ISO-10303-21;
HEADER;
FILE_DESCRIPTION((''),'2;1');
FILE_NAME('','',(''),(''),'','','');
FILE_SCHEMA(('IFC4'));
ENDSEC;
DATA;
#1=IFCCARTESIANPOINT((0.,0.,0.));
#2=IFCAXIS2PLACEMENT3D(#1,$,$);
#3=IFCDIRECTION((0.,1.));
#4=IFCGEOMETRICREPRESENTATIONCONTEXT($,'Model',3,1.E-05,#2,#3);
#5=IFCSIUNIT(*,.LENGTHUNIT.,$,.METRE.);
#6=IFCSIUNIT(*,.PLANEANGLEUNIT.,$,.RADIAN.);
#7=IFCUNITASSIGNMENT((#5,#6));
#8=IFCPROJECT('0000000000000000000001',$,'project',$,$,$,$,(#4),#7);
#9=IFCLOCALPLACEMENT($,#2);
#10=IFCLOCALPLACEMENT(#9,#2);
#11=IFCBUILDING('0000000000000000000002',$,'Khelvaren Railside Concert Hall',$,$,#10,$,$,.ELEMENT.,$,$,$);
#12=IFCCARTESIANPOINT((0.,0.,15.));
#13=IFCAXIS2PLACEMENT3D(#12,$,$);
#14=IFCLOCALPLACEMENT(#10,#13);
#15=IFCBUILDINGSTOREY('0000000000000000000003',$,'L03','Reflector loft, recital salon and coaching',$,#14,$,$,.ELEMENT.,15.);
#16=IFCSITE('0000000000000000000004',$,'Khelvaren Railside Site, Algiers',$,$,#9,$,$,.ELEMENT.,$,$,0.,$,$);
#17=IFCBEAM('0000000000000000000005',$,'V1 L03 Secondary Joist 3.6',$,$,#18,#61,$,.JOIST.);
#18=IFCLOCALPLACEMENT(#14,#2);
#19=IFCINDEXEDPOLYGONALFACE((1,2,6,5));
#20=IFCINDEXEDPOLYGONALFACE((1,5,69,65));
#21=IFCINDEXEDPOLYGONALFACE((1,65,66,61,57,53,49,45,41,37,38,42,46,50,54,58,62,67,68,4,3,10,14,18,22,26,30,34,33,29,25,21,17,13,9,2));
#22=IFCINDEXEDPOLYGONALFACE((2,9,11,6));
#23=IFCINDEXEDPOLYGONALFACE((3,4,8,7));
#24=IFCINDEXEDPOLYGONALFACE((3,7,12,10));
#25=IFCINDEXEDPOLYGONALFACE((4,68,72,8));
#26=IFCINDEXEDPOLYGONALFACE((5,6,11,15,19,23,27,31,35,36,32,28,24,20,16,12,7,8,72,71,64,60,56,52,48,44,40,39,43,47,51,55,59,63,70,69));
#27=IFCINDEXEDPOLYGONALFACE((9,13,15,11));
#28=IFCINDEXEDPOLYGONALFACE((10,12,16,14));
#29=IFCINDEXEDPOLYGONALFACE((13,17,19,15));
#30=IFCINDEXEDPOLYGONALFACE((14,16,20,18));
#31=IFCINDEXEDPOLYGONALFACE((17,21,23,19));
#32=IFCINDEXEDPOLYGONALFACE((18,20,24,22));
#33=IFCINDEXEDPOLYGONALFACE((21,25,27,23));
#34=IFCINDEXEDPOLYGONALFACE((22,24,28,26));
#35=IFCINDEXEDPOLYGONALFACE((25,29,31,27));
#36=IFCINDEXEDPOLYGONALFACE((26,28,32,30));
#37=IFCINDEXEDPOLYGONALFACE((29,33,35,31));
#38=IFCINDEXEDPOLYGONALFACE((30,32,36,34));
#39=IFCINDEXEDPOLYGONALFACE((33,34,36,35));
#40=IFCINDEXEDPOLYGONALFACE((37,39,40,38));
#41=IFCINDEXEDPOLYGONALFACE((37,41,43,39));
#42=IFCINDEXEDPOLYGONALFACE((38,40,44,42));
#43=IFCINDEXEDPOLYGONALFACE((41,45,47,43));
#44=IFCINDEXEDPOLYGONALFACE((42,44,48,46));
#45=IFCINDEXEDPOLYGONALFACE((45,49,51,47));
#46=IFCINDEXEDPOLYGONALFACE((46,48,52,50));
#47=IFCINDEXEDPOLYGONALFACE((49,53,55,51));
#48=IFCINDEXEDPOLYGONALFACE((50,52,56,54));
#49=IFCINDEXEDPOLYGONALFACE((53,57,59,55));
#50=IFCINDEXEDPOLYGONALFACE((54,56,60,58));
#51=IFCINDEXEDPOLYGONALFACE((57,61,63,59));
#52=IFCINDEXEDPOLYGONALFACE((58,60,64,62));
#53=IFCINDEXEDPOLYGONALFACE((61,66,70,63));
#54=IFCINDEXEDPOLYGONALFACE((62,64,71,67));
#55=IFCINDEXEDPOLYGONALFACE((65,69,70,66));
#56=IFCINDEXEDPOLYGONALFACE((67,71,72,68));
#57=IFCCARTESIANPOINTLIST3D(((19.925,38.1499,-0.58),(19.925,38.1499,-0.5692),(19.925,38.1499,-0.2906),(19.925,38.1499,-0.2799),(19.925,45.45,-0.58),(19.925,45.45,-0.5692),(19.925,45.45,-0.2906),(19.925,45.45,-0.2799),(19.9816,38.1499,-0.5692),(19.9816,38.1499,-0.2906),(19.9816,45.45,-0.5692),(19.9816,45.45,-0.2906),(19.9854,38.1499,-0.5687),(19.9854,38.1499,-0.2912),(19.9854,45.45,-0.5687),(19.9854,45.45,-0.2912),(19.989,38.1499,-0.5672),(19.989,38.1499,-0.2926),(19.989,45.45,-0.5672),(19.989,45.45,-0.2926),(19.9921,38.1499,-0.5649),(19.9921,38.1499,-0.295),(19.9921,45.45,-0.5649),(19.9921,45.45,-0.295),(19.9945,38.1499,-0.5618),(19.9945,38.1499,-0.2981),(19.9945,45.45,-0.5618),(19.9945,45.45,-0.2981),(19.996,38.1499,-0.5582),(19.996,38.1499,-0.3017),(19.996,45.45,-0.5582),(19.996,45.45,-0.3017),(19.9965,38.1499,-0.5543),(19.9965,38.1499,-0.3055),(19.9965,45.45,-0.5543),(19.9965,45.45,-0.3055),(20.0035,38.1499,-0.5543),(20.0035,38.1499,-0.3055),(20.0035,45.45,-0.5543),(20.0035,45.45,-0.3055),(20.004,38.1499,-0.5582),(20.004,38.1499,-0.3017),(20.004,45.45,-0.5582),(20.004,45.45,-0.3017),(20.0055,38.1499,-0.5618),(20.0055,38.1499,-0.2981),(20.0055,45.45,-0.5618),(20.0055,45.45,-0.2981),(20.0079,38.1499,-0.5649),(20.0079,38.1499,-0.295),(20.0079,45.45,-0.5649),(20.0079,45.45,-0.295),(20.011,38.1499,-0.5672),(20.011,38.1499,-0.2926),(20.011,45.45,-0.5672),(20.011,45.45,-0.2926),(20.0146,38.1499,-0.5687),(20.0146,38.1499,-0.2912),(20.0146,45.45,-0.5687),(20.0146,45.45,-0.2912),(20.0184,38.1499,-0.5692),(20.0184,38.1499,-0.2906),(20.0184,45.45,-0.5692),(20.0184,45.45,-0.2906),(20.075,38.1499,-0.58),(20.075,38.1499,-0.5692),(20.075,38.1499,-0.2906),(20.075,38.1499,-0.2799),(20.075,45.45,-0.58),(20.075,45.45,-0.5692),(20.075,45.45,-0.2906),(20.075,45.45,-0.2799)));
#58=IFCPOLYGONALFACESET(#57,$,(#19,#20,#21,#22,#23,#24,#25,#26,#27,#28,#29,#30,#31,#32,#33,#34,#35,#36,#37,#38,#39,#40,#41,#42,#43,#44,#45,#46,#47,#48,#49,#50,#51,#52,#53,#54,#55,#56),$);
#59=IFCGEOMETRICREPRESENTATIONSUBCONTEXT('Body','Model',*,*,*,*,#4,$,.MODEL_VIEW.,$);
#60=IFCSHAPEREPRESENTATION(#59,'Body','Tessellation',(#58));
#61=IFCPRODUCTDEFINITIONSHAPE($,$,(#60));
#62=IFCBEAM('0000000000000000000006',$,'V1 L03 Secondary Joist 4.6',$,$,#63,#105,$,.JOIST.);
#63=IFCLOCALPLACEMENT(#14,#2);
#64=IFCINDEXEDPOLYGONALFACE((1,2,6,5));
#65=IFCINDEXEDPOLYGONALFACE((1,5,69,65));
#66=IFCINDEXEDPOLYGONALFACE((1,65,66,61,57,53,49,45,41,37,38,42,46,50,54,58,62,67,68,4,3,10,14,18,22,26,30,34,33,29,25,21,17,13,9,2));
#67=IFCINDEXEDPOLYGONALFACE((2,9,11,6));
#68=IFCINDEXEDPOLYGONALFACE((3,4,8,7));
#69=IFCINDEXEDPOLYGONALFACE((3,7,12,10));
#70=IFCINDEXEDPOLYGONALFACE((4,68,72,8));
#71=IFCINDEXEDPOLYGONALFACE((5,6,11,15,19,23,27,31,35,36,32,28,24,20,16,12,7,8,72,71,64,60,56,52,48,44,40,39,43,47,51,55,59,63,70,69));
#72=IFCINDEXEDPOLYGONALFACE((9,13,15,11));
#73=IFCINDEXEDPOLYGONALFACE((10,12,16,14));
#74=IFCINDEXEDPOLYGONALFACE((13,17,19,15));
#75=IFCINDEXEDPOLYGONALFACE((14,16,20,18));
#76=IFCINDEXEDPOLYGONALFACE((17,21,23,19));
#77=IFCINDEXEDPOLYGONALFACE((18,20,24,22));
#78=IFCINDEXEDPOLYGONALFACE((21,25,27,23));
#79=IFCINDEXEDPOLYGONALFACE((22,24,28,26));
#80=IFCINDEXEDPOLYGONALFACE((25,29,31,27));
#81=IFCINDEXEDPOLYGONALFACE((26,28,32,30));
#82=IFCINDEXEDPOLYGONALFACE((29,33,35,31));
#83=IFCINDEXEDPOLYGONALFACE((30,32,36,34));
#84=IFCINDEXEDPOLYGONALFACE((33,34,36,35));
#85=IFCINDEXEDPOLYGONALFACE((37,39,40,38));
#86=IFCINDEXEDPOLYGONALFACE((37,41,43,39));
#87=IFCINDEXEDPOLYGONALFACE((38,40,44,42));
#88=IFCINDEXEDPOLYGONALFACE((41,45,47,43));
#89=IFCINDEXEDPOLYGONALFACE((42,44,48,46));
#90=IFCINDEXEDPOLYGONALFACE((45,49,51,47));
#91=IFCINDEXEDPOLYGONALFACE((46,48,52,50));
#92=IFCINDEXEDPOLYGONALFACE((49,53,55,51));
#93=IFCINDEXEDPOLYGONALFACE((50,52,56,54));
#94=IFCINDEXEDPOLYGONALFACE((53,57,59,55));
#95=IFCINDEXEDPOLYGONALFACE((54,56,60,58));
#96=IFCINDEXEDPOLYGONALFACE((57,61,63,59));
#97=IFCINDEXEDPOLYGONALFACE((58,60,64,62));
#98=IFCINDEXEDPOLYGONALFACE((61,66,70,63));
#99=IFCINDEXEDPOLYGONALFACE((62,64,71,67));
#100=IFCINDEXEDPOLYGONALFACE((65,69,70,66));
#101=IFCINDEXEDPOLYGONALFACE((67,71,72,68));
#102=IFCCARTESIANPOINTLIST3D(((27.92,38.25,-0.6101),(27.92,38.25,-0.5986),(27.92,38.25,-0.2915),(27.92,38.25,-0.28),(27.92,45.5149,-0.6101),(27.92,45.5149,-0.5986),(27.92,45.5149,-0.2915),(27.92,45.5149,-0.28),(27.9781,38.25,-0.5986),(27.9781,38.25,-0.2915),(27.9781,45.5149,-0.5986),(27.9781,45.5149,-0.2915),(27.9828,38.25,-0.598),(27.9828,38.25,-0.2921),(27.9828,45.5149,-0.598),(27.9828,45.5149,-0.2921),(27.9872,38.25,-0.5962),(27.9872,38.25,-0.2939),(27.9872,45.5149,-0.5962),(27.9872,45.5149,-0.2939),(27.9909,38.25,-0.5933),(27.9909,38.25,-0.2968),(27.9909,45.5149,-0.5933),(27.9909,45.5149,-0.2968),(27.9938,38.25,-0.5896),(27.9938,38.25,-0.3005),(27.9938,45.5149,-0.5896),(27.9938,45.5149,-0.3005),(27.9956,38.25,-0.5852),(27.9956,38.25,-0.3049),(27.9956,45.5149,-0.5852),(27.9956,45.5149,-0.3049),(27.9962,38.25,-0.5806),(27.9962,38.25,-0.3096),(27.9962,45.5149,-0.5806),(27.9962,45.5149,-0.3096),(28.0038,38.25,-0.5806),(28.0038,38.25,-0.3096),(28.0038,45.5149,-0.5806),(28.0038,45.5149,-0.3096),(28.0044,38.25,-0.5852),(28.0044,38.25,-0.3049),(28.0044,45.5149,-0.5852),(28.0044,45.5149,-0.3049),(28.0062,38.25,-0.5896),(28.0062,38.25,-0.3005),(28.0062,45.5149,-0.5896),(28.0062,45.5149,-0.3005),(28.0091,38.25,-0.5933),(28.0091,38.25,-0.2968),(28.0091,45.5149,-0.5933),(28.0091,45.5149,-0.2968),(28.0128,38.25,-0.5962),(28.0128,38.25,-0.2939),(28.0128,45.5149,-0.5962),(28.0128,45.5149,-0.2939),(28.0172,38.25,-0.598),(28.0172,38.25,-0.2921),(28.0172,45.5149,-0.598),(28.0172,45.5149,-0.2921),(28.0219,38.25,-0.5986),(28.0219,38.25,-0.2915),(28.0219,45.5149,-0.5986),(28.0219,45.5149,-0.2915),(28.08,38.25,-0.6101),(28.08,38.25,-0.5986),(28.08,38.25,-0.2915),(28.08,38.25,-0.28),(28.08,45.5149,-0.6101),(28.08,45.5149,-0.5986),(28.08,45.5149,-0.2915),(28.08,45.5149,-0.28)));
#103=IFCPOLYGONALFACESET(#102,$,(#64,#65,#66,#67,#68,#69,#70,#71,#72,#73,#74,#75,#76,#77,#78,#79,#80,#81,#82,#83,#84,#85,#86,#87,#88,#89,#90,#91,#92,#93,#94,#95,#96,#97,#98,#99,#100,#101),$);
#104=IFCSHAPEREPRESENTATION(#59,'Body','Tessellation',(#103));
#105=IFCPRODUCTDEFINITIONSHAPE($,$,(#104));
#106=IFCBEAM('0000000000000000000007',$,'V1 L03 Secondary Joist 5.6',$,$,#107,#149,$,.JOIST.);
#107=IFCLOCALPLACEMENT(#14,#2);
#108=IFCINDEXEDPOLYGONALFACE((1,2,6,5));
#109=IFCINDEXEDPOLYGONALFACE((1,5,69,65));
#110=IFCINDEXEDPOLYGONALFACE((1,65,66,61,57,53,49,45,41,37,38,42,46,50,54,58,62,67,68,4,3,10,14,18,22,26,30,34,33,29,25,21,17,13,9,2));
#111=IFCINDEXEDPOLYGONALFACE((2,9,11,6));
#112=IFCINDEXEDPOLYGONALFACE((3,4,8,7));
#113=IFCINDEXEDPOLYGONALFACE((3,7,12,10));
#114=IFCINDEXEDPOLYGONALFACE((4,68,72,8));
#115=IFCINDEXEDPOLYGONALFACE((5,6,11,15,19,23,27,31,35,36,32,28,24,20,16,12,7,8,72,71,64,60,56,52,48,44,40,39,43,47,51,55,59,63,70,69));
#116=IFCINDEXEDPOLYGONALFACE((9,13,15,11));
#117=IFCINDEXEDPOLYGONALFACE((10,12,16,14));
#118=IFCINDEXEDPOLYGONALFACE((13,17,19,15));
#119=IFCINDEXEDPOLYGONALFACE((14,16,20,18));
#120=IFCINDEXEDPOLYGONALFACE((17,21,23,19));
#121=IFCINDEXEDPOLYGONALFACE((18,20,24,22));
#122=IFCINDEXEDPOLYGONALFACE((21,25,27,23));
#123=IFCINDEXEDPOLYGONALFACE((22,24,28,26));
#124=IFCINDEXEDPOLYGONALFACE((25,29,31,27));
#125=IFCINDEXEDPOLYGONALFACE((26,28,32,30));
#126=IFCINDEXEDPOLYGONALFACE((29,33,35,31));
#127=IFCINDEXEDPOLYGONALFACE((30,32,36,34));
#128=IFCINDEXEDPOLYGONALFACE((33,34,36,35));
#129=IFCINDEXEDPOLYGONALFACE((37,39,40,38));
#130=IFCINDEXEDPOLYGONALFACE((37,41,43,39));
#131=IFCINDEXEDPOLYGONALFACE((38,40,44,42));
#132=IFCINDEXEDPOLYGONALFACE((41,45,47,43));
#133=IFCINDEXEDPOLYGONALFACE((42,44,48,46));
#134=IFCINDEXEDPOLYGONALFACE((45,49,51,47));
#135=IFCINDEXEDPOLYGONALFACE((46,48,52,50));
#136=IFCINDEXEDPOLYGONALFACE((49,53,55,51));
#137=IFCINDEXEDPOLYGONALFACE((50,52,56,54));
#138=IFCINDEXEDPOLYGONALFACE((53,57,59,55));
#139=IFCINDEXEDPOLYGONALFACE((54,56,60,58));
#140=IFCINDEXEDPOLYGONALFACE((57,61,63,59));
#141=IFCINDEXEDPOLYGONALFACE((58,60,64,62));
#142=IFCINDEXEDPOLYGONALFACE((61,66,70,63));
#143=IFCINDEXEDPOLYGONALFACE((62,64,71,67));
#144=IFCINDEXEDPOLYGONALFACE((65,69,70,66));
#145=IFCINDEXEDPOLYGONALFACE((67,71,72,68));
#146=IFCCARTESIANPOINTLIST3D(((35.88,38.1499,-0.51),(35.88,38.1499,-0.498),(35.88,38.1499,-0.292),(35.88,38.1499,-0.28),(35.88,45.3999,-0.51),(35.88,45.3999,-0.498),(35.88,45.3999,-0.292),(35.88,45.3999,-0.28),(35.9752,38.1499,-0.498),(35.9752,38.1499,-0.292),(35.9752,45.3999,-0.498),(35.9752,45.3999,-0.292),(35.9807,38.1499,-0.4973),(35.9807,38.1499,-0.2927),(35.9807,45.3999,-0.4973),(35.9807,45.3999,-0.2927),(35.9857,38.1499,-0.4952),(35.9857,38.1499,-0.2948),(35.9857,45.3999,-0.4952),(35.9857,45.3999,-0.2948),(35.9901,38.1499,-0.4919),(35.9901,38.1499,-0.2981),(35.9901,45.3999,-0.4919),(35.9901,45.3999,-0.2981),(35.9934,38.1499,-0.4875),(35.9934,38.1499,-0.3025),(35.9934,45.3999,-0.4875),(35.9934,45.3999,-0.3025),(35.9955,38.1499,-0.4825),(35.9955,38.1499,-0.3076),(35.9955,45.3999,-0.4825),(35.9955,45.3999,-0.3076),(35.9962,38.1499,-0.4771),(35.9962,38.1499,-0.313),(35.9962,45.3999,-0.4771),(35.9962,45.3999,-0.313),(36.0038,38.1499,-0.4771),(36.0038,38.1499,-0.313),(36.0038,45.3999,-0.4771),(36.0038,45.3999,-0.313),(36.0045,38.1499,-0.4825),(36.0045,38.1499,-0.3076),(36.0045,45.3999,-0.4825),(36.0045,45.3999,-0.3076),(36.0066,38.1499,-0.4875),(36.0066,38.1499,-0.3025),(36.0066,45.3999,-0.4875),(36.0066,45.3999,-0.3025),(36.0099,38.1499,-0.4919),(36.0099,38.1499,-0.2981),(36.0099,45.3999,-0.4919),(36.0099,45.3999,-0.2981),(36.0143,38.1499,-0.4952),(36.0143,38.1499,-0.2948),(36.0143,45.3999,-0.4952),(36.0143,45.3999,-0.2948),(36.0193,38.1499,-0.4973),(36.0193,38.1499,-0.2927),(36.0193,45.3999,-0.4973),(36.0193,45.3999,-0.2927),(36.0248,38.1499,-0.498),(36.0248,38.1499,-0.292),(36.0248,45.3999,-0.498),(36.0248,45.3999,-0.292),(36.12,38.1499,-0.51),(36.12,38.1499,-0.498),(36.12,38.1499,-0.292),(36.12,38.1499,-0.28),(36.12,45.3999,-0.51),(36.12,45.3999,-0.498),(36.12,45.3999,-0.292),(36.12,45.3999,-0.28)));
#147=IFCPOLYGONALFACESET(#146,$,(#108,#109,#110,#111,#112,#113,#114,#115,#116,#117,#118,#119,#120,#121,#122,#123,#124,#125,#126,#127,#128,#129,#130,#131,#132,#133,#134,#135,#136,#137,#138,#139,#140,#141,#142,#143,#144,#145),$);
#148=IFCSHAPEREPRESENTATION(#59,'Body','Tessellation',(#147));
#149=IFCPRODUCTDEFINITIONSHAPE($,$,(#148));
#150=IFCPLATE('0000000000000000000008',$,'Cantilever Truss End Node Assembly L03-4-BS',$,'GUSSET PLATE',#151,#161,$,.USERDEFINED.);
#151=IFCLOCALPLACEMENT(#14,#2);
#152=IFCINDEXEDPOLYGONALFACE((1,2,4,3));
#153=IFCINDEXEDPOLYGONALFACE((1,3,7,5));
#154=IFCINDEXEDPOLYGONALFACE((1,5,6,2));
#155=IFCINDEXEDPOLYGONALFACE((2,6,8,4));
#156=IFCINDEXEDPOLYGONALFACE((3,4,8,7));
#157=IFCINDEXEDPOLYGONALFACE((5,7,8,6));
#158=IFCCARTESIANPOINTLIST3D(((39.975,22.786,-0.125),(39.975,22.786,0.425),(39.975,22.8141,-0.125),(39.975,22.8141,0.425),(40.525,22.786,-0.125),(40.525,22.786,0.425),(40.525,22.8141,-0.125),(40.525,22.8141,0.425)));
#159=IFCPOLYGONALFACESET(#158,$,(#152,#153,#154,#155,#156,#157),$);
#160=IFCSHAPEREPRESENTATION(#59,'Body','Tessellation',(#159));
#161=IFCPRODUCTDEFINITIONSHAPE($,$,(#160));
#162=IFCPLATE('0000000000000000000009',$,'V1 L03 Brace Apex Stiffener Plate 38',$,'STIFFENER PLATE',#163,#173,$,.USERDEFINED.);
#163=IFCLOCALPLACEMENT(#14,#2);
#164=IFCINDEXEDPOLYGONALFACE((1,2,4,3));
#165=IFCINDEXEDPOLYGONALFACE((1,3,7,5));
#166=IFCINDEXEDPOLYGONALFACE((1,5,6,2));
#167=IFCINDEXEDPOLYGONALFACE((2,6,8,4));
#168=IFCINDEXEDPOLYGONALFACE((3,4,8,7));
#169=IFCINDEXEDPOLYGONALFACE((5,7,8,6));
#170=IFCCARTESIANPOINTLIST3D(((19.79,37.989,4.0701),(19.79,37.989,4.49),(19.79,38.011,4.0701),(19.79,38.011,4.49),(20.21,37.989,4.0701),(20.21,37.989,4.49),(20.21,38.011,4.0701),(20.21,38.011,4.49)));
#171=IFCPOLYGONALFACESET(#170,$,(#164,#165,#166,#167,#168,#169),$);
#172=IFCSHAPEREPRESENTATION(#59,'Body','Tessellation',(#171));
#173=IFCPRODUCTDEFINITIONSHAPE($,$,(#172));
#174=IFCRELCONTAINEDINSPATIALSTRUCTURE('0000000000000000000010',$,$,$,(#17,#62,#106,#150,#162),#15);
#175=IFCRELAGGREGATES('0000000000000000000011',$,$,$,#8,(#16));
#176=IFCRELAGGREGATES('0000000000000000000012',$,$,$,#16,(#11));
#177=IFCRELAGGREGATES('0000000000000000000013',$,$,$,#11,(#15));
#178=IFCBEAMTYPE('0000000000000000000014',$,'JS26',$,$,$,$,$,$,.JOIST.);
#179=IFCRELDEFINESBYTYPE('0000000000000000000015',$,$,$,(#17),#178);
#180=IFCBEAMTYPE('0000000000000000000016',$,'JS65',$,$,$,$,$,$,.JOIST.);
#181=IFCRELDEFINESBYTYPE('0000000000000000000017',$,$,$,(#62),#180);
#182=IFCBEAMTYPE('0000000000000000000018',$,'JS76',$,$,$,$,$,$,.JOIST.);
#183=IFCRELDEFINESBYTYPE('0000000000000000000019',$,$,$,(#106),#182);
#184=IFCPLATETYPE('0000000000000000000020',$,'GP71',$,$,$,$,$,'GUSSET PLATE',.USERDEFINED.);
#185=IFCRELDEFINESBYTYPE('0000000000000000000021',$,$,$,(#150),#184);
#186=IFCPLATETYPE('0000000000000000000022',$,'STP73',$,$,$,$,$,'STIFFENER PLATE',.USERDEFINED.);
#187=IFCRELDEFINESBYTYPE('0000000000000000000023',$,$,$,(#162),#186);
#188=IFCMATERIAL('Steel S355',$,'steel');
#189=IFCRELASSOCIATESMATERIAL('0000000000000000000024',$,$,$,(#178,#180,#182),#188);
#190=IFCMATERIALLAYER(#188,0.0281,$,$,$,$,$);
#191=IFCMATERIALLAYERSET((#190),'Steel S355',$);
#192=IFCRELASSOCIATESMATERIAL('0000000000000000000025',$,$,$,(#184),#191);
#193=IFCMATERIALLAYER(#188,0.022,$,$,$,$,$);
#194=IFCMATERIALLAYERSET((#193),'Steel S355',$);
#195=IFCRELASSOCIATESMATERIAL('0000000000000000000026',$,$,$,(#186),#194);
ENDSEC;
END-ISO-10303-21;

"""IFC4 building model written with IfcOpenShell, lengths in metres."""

from ifc_helpers import new_model, si_unit, direction, frame, origin, origin_2d, place, context, subcontext, project, spatial, rectangle, i_section, extrude, material, layer, layer_set, material_profile, profile_set, type_object, element, save


model = new_model("IFC4")

# Units and contexts
model_context = context("Model", 3, precision=1e-05, world=origin(), true_north=direction((0.0, 1.0)))
body_context = subcontext(model_context, "Body", "Model", "MODEL_VIEW")
ifc_project = project(units=[si_unit("LENGTHUNIT", "METRE"), si_unit("PLANEANGLEUNIT", "RADIAN")], contexts=[model_context])

# Site, building, storey
site_placement = place(None, origin())
site = spatial("IfcSite", under=ifc_project, at=site_placement, Name="Khelvaren Railside Site, Algiers", CompositionType="ELEMENT", RefElevation=0.0)
building_placement = place(site_placement, origin())
building = spatial("IfcBuilding", under=site, at=building_placement, Name="Khelvaren Railside Concert Hall", CompositionType="ELEMENT")
storey_placement = place(building_placement, frame((0.0, 0.0, 15.0)))
storey = spatial("IfcBuildingStorey", under=building, at=storey_placement, Name="L03", Description="Reflector loft, recital salon and coaching", CompositionType="ELEMENT", Elevation=15.0)

# Shared definitions
ifc_material_1 = material(Name="Steel S355", Category="steel")

# Beams
ifc_material_profile_1 = material_profile(ifc_material_1, i_section(OverallWidth=0.1499, OverallDepth=0.3, WebThickness=0.0071, FlangeThickness=0.0107, FilletRadius=0.0149, at=origin_2d()), Name="IPE 300")
ifc_profile_set_1 = profile_set([ifc_material_profile_1], Name="Steel S355")
beam_type_1 = type_object("IfcBeamType", Name="JS26", PredefinedType="JOIST", material=ifc_profile_set_1)
beam_1_placement = place(storey_placement, frame((20.0, 38.1499, -0.4299), z_axis=(0.0, 1.0, 0.0), x_axis=(-1.0, 0.0, 0.0)))
element("IfcBeam", 1, at=beam_1_placement, inside=storey, type_object=beam_type_1, Name="V1 L03 Secondary Joist 3.6", PredefinedType="JOIST", context=body_context, shape_type="SweptSolid", body=[
    extrude(i_section(OverallWidth=0.1499, OverallDepth=0.3, WebThickness=0.0071, FlangeThickness=0.0107, FilletRadius=0.0149, at=origin_2d()), origin(), (0.0, 0.0, 1.0), 7.3),
])
ifc_material_profile_2 = material_profile(ifc_material_1, i_section(OverallWidth=0.1599, OverallDepth=0.3301, WebThickness=0.0076, FlangeThickness=0.0115, FilletRadius=0.0181, at=origin_2d()), Name="IPE 330")
ifc_profile_set_2 = profile_set([ifc_material_profile_2], Name="Steel S355")
beam_type_2 = type_object("IfcBeamType", Name="JS65", PredefinedType="JOIST", material=ifc_profile_set_2)
beam_2_placement = place(storey_placement, frame((28.0, 38.25, -0.4451), z_axis=(0.0, 1.0, 0.0), x_axis=(-1.0, 0.0, 0.0)))
element("IfcBeam", 2, at=beam_2_placement, inside=storey, type_object=beam_type_2, Name="V1 L03 Secondary Joist 4.6", PredefinedType="JOIST", context=body_context, shape_type="SweptSolid", body=[
    extrude(i_section(OverallWidth=0.1599, OverallDepth=0.3301, WebThickness=0.0076, FlangeThickness=0.0115, FilletRadius=0.0181, at=origin_2d()), origin(), (0.0, 0.0, 1.0), 7.2649),
])
ifc_material_profile_3 = material_profile(ifc_material_1, i_section(OverallWidth=0.24, OverallDepth=0.23, WebThickness=0.0076, FlangeThickness=0.012, FilletRadius=0.021, at=origin_2d()), Name="HEA 240")
ifc_profile_set_3 = profile_set([ifc_material_profile_3], Name="Steel S355")
beam_type_3 = type_object("IfcBeamType", Name="JS76", PredefinedType="JOIST", material=ifc_profile_set_3)
beam_3_placement = place(storey_placement, frame((36.0, 38.1499, -0.395), z_axis=(0.0, 1.0, 0.0), x_axis=(-1.0, 0.0, 0.0)))
element("IfcBeam", 3, at=beam_3_placement, inside=storey, type_object=beam_type_3, Name="V1 L03 Secondary Joist 5.6", PredefinedType="JOIST", context=body_context, shape_type="SweptSolid", body=[
    extrude(i_section(OverallWidth=0.24, OverallDepth=0.23, WebThickness=0.0076, FlangeThickness=0.012, FilletRadius=0.021, at=origin_2d()), origin(), (0.0, 0.0, 1.0), 7.25),
])

# Plates
ifc_layer_1 = layer(ifc_material_1, 0.0281)
ifc_layer_set_1 = layer_set([ifc_layer_1], Name="Steel S355")
plate_type_1 = type_object("IfcPlateType", Name="GP71", ElementType="GUSSET PLATE", PredefinedType="USERDEFINED", material=ifc_layer_set_1)
plate_1_placement = place(storey_placement, frame((40.25, 22.8, -0.125), z_axis=(0.0, 0.0, 1.0), x_axis=(1.0, 0.0, 0.0)))
element("IfcPlate", 4, at=plate_1_placement, inside=storey, type_object=plate_type_1, Name="Cantilever Truss End Node Assembly L03-4-BS", ObjectType="GUSSET PLATE", PredefinedType="USERDEFINED", context=body_context, shape_type="SweptSolid", body=[
    extrude(rectangle(XDim=0.55, YDim=0.0281, at=origin_2d()), origin(), (0.0, 0.0, 1.0), 0.55),
])
ifc_layer_2 = layer(ifc_material_1, 0.022)
ifc_layer_set_2 = layer_set([ifc_layer_2], Name="Steel S355")
plate_type_2 = type_object("IfcPlateType", Name="STP73", ElementType="STIFFENER PLATE", PredefinedType="USERDEFINED", material=ifc_layer_set_2)
plate_2_placement = place(storey_placement, frame((20.0, 38.0, 4.0701), z_axis=(0.0, 0.0, 1.0), x_axis=(1.0, 0.0, 0.0)))
element("IfcPlate", 5, at=plate_2_placement, inside=storey, type_object=plate_type_2, Name="V1 L03 Brace Apex Stiffener Plate 38", ObjectType="STIFFENER PLATE", PredefinedType="USERDEFINED", context=body_context, shape_type="SweptSolid", body=[
    extrude(rectangle(XDim=0.4199, YDim=0.022, at=origin_2d()), origin(), (0.0, 0.0, 1.0), 0.4199),
])

save(model, "model.ifc")
